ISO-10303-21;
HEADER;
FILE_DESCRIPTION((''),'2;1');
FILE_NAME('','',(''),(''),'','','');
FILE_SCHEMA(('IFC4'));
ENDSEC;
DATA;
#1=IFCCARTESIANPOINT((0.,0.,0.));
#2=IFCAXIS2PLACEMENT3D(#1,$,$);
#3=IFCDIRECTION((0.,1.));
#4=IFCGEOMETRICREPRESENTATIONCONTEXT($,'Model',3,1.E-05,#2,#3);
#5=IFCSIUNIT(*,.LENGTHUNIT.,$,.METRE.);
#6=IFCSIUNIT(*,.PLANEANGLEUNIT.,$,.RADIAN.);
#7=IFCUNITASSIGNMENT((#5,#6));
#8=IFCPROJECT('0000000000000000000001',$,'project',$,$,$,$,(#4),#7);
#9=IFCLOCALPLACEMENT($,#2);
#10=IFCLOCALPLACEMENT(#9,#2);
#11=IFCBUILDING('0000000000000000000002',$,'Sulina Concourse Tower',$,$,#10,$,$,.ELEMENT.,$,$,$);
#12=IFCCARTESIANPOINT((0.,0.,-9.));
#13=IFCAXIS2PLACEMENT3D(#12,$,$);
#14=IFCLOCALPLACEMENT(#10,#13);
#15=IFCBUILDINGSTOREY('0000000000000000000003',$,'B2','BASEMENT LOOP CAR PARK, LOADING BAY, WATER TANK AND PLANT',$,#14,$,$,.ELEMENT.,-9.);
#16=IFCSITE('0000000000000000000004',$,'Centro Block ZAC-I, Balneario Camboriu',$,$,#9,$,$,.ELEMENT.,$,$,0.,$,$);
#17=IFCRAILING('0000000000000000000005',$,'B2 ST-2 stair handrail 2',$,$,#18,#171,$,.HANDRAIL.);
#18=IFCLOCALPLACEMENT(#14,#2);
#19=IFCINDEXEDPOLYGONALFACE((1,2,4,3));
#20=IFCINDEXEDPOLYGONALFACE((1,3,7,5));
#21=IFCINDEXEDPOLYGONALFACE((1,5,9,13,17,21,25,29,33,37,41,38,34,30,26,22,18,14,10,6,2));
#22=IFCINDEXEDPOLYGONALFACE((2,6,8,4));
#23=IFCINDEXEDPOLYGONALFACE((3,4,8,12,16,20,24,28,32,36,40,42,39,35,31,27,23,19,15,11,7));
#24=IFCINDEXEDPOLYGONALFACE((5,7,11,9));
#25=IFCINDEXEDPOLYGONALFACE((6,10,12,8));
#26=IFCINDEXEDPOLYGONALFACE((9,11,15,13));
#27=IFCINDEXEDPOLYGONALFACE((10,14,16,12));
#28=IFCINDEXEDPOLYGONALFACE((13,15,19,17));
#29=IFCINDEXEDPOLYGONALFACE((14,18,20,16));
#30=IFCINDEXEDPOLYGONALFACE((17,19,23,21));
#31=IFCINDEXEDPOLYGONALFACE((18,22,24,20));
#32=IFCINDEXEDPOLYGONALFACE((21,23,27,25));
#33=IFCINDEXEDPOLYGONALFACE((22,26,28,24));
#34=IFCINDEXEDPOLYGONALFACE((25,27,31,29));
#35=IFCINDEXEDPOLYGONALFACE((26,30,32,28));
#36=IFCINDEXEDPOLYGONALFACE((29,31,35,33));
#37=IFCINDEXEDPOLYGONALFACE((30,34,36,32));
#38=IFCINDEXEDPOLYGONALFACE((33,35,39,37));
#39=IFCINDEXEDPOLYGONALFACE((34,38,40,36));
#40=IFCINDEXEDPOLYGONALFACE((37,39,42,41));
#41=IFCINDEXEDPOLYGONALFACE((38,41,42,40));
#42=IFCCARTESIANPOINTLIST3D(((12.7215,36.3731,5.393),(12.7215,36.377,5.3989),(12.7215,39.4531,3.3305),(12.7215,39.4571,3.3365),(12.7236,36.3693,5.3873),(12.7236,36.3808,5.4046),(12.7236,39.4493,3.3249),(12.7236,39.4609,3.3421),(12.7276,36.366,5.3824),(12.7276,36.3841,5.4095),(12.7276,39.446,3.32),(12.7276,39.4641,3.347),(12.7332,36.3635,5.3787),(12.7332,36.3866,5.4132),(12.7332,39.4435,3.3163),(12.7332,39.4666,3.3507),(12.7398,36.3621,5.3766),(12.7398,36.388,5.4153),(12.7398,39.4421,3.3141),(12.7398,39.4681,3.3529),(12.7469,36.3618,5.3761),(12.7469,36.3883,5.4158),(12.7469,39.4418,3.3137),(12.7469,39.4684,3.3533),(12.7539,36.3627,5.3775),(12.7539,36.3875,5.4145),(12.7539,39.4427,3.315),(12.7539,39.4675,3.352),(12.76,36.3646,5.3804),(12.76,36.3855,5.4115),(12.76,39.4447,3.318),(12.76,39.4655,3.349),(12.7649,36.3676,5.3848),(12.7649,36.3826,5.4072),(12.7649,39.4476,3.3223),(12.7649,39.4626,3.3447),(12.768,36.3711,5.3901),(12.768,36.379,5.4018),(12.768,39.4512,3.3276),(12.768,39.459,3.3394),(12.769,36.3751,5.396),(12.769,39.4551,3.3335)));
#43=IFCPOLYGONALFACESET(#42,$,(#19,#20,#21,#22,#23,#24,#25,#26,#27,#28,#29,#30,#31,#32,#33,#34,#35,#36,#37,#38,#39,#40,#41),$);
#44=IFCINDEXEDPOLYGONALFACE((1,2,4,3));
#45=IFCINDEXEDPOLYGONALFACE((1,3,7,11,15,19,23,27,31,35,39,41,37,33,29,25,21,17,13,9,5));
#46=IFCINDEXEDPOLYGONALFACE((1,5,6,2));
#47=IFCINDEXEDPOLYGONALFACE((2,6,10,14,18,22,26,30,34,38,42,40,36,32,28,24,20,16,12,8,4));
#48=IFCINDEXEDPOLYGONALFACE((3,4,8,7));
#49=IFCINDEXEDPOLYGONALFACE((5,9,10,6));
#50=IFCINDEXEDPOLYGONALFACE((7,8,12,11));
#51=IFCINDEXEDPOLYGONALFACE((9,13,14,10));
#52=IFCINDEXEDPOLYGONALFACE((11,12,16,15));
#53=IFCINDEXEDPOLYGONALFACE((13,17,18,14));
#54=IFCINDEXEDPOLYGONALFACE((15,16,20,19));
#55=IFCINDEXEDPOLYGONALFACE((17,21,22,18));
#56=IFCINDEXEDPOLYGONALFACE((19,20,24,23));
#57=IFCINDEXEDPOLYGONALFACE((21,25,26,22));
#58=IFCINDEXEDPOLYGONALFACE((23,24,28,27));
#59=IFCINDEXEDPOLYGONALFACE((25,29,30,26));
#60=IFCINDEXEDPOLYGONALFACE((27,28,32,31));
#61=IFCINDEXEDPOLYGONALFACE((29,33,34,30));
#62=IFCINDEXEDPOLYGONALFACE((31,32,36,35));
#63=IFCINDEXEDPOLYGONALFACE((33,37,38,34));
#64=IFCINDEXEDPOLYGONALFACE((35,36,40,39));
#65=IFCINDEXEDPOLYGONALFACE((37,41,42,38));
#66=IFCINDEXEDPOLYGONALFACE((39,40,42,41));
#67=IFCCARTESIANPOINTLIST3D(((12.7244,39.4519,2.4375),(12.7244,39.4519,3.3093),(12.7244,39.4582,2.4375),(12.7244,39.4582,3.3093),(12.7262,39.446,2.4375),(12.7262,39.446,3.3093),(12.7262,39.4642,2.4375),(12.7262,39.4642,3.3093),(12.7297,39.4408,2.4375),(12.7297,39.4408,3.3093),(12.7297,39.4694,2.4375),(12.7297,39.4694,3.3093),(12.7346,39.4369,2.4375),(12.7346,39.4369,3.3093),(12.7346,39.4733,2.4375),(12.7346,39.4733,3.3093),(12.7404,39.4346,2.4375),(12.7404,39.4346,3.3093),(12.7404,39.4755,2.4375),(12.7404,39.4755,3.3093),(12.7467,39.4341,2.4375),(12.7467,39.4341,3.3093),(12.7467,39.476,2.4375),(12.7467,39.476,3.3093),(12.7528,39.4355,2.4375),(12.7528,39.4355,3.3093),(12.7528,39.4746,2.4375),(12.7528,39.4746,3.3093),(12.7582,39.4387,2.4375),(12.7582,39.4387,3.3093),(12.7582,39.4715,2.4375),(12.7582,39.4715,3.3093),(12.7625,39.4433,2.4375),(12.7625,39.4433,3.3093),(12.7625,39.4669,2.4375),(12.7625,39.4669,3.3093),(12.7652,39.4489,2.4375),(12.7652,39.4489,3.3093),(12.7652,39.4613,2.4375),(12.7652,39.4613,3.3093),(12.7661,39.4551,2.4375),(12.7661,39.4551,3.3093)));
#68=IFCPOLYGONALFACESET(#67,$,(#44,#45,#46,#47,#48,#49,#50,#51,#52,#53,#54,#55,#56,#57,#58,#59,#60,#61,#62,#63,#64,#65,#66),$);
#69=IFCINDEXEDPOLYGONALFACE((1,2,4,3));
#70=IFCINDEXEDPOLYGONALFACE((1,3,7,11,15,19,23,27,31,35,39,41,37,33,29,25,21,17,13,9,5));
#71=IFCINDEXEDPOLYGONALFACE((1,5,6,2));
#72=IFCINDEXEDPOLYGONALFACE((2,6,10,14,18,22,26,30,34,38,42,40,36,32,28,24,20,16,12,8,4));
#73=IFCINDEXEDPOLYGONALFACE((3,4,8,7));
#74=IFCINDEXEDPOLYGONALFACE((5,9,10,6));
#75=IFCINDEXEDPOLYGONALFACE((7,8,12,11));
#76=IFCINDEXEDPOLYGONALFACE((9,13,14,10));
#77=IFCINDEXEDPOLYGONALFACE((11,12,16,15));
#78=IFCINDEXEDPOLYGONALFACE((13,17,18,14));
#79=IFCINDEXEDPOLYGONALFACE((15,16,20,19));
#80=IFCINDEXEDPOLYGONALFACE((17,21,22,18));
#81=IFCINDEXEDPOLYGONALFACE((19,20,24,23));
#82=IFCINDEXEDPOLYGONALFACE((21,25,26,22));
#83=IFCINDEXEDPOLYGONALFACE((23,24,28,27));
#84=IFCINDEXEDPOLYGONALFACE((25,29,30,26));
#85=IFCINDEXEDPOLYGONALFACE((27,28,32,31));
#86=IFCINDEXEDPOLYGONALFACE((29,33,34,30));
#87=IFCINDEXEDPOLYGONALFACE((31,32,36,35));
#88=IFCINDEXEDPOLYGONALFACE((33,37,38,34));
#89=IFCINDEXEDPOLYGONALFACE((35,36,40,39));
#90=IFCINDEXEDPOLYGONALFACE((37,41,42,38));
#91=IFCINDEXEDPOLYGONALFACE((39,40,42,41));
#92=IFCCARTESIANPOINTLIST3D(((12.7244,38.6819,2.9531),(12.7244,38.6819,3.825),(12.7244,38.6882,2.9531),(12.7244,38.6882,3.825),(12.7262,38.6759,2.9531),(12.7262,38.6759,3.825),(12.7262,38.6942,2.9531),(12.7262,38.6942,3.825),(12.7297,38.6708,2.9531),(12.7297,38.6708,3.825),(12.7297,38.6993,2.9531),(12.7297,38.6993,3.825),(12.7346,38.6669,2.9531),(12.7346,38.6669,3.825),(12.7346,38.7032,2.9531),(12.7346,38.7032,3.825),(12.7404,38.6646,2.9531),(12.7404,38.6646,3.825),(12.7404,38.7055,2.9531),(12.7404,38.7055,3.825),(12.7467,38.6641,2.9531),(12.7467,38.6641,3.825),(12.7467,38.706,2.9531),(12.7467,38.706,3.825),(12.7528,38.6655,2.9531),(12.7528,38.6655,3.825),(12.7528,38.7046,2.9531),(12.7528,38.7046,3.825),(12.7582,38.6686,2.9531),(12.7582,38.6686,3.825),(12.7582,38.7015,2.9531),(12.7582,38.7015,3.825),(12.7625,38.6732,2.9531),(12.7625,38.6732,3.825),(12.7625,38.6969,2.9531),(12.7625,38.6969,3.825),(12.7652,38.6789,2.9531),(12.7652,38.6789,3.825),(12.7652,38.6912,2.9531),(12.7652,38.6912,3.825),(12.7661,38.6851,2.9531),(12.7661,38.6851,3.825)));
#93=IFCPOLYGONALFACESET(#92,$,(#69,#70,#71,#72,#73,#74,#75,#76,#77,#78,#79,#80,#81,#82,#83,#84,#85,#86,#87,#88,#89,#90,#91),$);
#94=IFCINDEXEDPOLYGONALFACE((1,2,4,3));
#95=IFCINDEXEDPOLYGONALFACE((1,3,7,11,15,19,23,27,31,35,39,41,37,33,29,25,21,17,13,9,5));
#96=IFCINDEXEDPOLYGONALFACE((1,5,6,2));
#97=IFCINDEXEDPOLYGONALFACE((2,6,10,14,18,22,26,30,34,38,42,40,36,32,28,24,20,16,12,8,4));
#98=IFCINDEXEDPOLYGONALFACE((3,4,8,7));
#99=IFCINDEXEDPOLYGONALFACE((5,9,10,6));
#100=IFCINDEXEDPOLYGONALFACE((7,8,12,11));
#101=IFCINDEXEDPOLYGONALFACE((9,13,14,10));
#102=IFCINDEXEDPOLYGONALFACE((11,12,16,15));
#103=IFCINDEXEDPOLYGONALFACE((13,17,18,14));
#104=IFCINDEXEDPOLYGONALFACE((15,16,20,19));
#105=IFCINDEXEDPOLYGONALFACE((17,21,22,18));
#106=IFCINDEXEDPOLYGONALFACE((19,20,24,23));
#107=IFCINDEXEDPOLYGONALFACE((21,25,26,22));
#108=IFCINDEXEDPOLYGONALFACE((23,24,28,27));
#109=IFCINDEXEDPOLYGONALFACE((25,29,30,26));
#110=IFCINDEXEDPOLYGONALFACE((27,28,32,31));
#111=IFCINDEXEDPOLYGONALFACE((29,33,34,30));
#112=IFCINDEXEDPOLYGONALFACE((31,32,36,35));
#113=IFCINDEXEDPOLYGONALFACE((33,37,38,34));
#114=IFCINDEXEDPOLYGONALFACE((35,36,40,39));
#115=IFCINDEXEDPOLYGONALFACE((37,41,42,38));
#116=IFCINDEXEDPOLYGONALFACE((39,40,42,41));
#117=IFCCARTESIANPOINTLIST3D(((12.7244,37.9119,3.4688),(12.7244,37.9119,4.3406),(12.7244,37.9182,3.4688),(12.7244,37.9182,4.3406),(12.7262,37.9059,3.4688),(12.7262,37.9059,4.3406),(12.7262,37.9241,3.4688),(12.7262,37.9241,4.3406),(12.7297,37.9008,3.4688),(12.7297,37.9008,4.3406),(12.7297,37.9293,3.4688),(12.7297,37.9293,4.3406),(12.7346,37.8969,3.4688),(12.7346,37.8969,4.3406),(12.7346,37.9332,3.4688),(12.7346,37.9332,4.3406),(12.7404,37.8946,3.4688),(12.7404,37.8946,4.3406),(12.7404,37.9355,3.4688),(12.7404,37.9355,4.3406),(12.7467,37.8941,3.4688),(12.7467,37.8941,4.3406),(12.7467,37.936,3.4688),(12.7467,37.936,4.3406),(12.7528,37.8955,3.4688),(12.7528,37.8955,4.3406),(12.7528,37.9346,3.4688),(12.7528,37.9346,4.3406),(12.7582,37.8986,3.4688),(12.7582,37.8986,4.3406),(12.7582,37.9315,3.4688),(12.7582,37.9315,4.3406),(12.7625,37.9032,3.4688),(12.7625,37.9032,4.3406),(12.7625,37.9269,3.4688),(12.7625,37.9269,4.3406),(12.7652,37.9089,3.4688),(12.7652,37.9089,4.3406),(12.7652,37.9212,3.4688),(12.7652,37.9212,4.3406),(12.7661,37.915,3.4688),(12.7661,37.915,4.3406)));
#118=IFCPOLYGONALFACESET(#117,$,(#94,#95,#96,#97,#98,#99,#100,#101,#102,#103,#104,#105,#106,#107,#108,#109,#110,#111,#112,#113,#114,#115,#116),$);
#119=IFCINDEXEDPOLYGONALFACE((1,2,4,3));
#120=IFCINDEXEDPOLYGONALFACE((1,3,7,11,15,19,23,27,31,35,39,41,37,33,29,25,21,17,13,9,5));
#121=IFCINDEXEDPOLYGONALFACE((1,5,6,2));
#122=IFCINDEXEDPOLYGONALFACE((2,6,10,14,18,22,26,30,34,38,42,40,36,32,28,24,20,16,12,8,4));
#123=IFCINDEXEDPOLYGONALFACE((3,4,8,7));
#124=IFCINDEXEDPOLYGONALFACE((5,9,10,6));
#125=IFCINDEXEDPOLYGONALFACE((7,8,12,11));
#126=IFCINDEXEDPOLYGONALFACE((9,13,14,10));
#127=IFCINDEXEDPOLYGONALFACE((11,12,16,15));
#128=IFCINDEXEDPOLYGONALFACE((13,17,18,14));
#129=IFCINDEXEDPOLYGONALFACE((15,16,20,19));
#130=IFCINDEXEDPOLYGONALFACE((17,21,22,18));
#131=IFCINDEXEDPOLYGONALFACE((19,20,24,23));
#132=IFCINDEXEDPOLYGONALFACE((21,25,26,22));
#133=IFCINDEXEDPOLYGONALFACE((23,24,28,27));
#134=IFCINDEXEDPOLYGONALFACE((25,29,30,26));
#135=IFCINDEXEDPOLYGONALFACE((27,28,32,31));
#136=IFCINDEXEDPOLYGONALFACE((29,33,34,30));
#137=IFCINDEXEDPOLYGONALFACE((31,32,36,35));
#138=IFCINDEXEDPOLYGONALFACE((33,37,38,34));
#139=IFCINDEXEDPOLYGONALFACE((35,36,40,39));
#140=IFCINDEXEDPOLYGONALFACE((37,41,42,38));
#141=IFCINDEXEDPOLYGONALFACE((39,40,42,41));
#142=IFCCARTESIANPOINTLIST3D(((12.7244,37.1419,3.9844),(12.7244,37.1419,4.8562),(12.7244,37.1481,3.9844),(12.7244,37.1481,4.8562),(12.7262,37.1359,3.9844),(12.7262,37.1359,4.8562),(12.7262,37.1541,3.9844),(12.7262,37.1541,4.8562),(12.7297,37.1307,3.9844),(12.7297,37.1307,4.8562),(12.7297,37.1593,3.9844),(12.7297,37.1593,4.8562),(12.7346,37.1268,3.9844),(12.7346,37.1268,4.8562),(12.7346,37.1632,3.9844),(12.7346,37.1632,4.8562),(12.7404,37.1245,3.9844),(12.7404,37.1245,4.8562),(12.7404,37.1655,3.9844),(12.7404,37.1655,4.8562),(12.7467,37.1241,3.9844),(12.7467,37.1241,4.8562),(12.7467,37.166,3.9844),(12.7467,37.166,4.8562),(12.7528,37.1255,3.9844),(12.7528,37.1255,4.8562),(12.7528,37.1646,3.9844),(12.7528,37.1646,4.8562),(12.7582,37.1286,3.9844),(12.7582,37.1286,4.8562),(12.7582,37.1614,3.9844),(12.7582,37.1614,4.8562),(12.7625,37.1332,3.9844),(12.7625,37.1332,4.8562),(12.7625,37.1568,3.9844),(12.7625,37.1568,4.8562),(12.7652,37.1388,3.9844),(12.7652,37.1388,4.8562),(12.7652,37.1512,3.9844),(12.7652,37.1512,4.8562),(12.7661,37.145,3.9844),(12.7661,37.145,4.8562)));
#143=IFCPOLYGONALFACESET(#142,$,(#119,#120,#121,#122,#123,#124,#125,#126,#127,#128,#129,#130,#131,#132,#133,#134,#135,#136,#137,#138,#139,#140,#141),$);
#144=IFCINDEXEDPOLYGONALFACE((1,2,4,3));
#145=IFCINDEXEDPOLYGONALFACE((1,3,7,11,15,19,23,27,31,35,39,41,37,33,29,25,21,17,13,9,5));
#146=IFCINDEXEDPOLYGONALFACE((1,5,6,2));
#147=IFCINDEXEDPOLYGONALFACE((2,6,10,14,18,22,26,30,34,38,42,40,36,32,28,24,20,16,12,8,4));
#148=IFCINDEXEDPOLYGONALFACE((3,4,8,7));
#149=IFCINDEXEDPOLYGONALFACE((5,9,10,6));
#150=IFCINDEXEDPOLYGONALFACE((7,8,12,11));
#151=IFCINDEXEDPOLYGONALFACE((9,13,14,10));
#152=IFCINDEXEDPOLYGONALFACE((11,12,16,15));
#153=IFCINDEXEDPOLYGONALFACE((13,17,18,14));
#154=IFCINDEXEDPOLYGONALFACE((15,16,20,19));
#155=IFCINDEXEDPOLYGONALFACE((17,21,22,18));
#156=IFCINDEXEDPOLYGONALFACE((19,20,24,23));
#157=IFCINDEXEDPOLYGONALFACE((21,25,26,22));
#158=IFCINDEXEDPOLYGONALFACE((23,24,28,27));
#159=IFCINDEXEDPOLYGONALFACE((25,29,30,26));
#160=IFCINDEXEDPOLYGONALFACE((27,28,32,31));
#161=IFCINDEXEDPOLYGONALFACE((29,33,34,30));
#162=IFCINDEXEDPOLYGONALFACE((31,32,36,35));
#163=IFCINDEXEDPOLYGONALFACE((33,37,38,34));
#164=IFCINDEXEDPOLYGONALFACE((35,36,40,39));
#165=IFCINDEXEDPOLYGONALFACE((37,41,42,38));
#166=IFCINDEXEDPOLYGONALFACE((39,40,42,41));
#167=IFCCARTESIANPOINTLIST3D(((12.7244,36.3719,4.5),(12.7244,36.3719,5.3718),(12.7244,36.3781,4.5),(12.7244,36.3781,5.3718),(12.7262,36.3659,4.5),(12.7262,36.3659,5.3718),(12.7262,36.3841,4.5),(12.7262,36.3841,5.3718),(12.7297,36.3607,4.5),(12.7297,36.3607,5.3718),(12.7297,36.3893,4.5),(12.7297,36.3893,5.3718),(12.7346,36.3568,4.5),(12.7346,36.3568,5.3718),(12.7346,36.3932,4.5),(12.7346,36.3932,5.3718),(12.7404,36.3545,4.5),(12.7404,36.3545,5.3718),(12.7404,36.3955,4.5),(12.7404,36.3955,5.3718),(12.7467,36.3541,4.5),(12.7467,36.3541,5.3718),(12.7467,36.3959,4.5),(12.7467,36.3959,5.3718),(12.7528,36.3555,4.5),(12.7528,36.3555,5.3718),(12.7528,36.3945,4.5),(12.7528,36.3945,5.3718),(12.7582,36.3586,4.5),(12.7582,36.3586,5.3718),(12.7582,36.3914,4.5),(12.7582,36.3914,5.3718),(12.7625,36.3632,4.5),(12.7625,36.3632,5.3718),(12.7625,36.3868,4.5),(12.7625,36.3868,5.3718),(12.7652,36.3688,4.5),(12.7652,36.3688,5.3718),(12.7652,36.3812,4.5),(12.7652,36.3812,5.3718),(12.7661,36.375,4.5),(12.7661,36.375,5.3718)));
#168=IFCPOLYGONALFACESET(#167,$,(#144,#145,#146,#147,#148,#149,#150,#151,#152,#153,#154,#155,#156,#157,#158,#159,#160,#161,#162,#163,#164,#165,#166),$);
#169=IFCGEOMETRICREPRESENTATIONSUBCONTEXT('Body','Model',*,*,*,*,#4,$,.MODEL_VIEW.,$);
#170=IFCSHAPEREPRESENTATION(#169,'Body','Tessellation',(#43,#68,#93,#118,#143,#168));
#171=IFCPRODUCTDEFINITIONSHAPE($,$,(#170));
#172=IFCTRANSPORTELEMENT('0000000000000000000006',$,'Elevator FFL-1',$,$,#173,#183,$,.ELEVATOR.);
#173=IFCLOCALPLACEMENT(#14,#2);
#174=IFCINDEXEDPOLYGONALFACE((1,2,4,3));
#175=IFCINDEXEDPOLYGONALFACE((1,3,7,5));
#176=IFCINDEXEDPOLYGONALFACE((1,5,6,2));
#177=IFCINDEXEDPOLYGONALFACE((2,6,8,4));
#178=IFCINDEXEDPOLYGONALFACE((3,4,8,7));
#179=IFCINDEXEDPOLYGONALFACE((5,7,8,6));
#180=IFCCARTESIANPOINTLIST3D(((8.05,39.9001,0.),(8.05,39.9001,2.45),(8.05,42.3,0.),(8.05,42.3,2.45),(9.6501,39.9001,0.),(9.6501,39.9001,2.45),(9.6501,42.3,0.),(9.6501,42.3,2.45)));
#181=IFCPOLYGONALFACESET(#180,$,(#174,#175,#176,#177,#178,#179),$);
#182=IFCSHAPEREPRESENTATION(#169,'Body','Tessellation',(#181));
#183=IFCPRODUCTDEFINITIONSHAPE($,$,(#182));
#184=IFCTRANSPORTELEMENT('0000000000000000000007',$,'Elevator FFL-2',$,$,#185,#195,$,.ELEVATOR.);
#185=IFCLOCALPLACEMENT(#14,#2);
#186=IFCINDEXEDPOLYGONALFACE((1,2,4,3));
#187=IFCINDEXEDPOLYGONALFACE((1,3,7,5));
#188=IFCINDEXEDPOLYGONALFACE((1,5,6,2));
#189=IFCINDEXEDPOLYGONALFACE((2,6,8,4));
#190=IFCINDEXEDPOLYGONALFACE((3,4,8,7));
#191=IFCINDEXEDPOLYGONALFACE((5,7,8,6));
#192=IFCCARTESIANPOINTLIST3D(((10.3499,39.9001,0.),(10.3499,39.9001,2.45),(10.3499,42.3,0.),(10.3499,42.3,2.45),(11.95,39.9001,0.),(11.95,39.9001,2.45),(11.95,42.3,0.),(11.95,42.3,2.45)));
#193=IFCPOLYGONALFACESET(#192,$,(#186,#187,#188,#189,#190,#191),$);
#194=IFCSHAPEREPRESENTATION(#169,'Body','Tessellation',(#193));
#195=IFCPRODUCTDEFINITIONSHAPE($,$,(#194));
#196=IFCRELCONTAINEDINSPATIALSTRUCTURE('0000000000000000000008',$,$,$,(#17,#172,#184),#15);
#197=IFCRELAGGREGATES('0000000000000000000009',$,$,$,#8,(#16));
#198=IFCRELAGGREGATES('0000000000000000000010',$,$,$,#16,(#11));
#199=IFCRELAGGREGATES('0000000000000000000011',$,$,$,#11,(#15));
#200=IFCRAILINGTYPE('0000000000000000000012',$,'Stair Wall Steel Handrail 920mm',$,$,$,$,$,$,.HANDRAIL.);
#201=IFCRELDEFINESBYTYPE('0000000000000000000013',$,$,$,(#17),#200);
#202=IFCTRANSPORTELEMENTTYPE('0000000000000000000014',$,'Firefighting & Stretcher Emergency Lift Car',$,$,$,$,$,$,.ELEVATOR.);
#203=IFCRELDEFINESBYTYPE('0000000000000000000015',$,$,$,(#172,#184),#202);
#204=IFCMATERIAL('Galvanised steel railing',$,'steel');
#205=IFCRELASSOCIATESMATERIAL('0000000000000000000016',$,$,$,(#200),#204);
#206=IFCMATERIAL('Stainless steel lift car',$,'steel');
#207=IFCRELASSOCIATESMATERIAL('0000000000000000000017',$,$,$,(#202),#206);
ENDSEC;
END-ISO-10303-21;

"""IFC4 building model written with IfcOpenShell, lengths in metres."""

from ifc_helpers import new_model, si_unit, direction, frame, origin, origin_2d, place, context, subcontext, project, spatial, rectangle, circle, extrude, material, type_object, element, save


model = new_model("IFC4")

# Units and contexts
model_context = context("Model", 3, precision=1e-05, world=origin(), true_north=direction((0.0, 1.0)))
body_context = subcontext(model_context, "Body", "Model", "MODEL_VIEW")
ifc_project = project(units=[si_unit("LENGTHUNIT", "METRE"), si_unit("PLANEANGLEUNIT", "RADIAN")], contexts=[model_context])

# Site, building, storey
site_placement = place(None, origin())
site = spatial("IfcSite", under=ifc_project, at=site_placement, Name="Centro Block ZAC-I, Balneario Camboriu", CompositionType="ELEMENT", RefElevation=0.0)
building_placement = place(site_placement, origin())
building = spatial("IfcBuilding", under=site, at=building_placement, Name="Sulina Concourse Tower", CompositionType="ELEMENT")
storey_placement = place(building_placement, frame((0.0, 0.0, -9.0)))
storey = spatial("IfcBuildingStorey", under=building, at=storey_placement, Name="B2", Description="BASEMENT LOOP CAR PARK, LOADING BAY, WATER TANK AND PLANT", CompositionType="ELEMENT", Elevation=-9.0)

# Railing
ifc_material_1 = material(Name="Galvanised steel railing", Category="steel")
railing_type_1 = type_object("IfcRailingType", Name="Stair Wall Steel Handrail 920mm", PredefinedType="HANDRAIL", material=ifc_material_1)
railing_1_placement = place(storey_placement, frame((12.7451, 39.4551, 2.4375)))
element("IfcRailing", 1, at=railing_1_placement, inside=storey, type_object=railing_type_1, Name="B2 ST-2 stair handrail 2", PredefinedType="HANDRAIL", context=body_context, shape_type="SweptSolid", body=[
    extrude(circle(Radius=0.0239, at=origin_2d()), frame((0.0, 0.0, 0.896), z_axis=(0.0, -0.830914, 0.556401), x_axis=(1.0, 0.0, 0.0)), (0.0, 0.0, 1.0), 3.7068),
    extrude(circle(Radius=0.021, at=origin_2d()), origin(), (0.0, 0.0, 1.0), 0.8718),
    extrude(circle(Radius=0.021, at=origin_2d()), frame((0.0, -0.77, 0.5156)), (0.0, 0.0, 1.0), 0.8718),
    extrude(circle(Radius=0.021, at=origin_2d()), frame((0.0, -1.54, 1.0312)), (0.0, 0.0, 1.0), 0.8718),
    extrude(circle(Radius=0.021, at=origin_2d()), frame((0.0, -2.3101, 1.5469)), (0.0, 0.0, 1.0), 0.8718),
    extrude(circle(Radius=0.021, at=origin_2d()), frame((0.0, -3.0801, 2.0625)), (0.0, 0.0, 1.0), 0.8718),
])

# Transport elements
ifc_material_2 = material(Name="Stainless steel lift car", Category="steel")
transport_element_type = type_object("IfcTransportElementType", Name="Firefighting & Stretcher Emergency Lift Car", PredefinedType="ELEVATOR", material=ifc_material_2)
for number, where, z_axis, x_axis, name in (
    (2, (8.8501, 41.1001, 0.0), (0.0, 0.0, 1.0), (1.0, 0.0, 0.0), "Elevator FFL-1"),
    (3, (11.1499, 41.1001, 0.0), (0.0, 0.0, 1.0), (1.0, 0.0, 0.0), "Elevator FFL-2"),
):
    element("IfcTransportElement", number, at=place(storey_placement, frame(where, z_axis=z_axis, x_axis=x_axis)), inside=storey, type_object=transport_element_type, Name=name, PredefinedType="ELEVATOR", context=body_context, shape_type="SweptSolid", body=[
        extrude(rectangle(XDim=1.6001, YDim=2.3999, at=origin_2d()), origin(), (0.0, 0.0, 1.0), 2.45),
    ])

save(model, "model.ifc")
